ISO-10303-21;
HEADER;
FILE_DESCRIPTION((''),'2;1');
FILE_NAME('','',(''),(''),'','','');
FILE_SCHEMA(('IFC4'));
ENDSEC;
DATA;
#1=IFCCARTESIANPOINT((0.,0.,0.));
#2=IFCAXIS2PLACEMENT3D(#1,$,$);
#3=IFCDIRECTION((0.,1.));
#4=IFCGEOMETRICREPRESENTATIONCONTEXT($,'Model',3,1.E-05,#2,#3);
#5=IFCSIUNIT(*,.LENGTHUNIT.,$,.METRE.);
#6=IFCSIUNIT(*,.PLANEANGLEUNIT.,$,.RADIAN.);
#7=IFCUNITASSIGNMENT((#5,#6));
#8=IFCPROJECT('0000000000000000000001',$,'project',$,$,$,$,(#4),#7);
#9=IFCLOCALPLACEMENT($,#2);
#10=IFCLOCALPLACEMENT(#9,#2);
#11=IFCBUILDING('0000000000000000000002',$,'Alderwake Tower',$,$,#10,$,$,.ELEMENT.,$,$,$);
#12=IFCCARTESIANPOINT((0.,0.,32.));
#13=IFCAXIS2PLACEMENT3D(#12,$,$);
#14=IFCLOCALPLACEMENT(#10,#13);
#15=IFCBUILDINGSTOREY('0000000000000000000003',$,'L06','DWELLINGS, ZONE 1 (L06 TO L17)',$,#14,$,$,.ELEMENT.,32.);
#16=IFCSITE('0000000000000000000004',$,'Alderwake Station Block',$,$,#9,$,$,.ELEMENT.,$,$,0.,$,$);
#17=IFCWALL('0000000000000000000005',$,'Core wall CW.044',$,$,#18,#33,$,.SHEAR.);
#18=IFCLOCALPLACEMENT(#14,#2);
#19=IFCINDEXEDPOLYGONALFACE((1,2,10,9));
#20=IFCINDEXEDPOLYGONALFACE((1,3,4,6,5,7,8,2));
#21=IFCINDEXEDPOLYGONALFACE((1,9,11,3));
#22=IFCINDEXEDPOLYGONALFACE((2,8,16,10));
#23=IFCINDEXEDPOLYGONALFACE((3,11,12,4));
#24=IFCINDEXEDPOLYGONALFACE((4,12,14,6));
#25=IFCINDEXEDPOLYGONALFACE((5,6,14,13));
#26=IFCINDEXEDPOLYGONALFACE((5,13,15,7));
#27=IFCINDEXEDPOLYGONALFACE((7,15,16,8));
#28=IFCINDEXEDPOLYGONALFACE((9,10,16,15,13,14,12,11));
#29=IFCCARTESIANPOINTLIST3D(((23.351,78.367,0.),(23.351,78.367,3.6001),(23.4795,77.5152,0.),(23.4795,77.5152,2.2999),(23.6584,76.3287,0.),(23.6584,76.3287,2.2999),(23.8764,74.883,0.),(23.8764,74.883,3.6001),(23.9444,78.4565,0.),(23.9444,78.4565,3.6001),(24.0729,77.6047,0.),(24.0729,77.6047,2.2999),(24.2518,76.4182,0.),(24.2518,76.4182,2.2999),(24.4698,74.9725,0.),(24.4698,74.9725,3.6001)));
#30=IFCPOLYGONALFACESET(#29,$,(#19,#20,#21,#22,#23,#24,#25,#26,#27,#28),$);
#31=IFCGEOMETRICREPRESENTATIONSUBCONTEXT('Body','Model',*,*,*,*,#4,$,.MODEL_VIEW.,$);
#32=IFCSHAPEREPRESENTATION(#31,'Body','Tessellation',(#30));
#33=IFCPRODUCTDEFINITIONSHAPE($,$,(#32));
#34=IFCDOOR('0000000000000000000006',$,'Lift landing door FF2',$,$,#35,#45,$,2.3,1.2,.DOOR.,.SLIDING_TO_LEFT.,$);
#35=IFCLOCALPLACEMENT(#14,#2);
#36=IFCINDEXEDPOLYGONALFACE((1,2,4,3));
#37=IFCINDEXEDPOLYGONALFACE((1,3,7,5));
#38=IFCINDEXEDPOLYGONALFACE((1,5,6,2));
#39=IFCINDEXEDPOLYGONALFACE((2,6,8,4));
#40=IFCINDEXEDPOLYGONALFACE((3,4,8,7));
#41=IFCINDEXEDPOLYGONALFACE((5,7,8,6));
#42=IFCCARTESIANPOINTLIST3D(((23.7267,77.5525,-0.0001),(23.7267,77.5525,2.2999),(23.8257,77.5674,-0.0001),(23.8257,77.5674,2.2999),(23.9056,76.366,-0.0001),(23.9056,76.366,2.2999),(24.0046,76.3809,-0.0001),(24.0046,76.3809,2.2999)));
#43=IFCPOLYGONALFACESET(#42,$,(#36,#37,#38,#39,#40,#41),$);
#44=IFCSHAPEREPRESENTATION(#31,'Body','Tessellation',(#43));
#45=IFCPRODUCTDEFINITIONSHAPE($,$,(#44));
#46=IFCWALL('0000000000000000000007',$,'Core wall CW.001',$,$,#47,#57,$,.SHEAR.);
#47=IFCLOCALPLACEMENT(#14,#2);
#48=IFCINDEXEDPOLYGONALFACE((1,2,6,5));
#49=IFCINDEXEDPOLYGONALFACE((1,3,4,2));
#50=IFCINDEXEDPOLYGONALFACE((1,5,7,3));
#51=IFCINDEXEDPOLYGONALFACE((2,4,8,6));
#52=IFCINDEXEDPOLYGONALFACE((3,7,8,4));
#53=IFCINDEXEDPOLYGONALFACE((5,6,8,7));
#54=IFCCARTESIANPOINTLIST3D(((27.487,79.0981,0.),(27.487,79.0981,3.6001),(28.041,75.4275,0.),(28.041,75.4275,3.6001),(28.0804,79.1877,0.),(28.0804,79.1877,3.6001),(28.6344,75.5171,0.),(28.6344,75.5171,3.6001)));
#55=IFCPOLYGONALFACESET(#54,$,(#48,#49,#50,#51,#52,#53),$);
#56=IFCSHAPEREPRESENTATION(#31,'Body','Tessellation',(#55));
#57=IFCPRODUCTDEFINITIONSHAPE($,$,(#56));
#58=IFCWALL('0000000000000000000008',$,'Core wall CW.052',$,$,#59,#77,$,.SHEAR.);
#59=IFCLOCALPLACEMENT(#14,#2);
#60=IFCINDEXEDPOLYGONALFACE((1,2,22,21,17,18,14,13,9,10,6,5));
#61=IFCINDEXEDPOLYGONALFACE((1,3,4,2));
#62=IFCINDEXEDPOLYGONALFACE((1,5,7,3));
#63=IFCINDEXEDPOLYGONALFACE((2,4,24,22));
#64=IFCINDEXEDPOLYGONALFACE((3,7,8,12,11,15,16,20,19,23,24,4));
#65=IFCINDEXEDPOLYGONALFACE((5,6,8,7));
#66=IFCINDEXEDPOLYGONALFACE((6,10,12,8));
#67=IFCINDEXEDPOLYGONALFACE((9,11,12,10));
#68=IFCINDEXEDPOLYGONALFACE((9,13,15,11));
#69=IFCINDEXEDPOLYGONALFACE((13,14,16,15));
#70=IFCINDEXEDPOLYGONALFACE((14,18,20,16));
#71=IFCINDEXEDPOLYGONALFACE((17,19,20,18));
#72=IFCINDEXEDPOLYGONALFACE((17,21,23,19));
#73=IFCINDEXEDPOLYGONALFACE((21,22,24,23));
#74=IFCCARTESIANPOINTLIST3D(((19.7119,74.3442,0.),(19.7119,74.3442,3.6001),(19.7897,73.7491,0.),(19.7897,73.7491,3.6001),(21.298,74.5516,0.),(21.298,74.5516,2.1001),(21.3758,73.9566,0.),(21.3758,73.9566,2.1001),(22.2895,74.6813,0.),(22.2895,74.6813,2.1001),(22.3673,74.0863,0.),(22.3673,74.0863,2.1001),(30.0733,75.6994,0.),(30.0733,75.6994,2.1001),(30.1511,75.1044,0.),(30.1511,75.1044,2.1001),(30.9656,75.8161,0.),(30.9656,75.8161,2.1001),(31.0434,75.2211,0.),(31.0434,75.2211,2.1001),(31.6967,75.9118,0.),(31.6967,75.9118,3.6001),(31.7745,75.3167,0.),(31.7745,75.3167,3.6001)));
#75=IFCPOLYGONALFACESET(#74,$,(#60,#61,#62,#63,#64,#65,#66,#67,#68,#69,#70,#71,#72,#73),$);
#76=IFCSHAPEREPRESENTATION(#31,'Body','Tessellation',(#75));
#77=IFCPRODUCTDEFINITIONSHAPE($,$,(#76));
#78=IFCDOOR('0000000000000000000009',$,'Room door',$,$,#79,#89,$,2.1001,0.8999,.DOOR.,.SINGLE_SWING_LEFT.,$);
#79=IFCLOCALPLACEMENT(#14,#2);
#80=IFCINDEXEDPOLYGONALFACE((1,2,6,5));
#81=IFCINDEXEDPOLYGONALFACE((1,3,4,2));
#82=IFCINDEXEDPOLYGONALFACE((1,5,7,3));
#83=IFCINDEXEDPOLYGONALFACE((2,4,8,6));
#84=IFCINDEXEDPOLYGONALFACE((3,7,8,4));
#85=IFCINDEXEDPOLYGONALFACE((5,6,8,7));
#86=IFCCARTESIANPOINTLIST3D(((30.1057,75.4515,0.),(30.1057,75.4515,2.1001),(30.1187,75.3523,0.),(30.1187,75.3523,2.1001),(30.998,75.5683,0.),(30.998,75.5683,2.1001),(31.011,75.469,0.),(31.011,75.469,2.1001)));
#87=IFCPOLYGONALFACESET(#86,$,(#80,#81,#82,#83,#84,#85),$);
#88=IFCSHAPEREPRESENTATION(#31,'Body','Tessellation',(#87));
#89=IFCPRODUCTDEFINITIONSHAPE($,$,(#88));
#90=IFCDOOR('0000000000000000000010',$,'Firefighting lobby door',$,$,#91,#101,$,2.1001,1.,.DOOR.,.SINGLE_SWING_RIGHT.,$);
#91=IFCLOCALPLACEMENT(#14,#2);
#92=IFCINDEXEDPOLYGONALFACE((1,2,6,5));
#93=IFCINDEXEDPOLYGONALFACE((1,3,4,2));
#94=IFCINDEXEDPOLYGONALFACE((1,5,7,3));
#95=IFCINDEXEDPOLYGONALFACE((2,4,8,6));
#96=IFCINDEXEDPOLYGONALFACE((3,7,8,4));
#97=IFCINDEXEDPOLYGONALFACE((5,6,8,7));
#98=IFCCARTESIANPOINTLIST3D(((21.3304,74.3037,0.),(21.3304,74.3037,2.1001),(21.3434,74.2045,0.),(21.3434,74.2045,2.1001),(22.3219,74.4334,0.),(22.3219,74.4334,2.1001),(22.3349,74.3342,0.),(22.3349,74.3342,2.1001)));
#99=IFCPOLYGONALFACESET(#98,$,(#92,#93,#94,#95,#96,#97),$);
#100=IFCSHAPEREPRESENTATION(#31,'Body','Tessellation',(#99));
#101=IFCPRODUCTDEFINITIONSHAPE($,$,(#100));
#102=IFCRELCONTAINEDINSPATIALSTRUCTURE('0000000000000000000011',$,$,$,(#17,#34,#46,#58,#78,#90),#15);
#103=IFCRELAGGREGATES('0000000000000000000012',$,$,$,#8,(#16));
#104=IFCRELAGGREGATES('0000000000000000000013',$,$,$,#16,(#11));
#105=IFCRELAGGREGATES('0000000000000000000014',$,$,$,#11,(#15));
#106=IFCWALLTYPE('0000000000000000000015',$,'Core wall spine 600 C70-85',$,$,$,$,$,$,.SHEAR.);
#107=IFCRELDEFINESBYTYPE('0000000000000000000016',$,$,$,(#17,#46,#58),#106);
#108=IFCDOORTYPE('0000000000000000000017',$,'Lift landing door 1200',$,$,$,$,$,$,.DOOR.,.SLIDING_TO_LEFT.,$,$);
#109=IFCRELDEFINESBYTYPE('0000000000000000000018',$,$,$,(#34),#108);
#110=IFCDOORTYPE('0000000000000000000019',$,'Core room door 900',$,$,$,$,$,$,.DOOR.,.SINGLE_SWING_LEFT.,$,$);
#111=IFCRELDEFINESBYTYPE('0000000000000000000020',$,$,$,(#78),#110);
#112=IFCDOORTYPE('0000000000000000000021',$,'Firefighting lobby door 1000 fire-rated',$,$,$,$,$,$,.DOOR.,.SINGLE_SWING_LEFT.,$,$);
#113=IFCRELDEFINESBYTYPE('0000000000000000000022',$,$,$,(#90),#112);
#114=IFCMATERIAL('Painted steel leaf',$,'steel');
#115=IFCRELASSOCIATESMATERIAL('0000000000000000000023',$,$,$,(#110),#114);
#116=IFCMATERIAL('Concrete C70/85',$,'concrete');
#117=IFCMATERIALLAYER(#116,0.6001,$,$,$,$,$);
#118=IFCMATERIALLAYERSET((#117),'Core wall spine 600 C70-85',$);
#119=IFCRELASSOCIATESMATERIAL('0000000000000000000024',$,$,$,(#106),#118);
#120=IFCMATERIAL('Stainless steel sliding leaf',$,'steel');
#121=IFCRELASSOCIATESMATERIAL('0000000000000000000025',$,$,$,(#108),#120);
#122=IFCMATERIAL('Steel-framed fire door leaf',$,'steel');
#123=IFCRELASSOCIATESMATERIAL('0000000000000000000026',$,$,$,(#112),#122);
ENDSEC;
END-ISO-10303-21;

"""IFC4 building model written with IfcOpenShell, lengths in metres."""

from ifc_helpers import new_model, si_unit, direction, frame, frame_2d, origin, place, context, subcontext, project, spatial, rectangle, extrude, material, layer, layer_set, type_object, element, fill, save


model = new_model("IFC4")

# Units and contexts
model_context = context("Model", 3, precision=1e-05, world=origin(), true_north=direction((0.0, 1.0)))
body_context = subcontext(model_context, "Body", "Model", "MODEL_VIEW")
ifc_project = project(units=[si_unit("LENGTHUNIT", "METRE"), si_unit("PLANEANGLEUNIT", "RADIAN")], contexts=[model_context])

# Site, building, storey
site_placement = place(None, origin())
site = spatial("IfcSite", under=ifc_project, at=site_placement, Name="Alderwake Station Block", CompositionType="ELEMENT", RefElevation=0.0)
building_placement = place(site_placement, origin())
building = spatial("IfcBuilding", under=site, at=building_placement, Name="Alderwake Tower", CompositionType="ELEMENT")
storey_placement = place(building_placement, frame((0.0, 0.0, 32.0)))
storey = spatial("IfcBuildingStorey", under=building, at=storey_placement, Name="L06", Description="DWELLINGS, ZONE 1 (L06 TO L17)", CompositionType="ELEMENT", Elevation=32.0)

# Shared definitions
ifc_material_1 = material(Name="Painted steel leaf", Category="steel")
door_type_1 = type_object("IfcDoorType", Name="Core room door 900", OperationType="SINGLE_SWING_LEFT", PredefinedType="DOOR", material=ifc_material_1)

# Wall, opening, door
ifc_material_2 = material(Name="Concrete C70/85", Category="concrete")
ifc_layer_1 = layer(ifc_material_2, 0.6001)
ifc_layer_set_1 = layer_set([ifc_layer_1], Name="Core wall spine 600 C70-85")
wall_type_1 = type_object("IfcWallType", Name="Core wall spine 600 C70-85", PredefinedType="SHEAR", material=ifc_layer_set_1)
ifc_material_3 = material(Name="Stainless steel sliding leaf", Category="steel")
door_type_2 = type_object("IfcDoorType", Name="Lift landing door 1200", OperationType="SLIDING_TO_LEFT", PredefinedType="DOOR", material=ifc_material_3)
wall_1_placement = place(storey_placement, frame((24.1731, 74.9277, 0.0), z_axis=(0.0, 0.0, 1.0), x_axis=(-0.14911, 0.988821, 0.0)))
wall_1 = element("IfcWall", 1, at=wall_1_placement, inside=storey, type_object=wall_type_1, Name="Core wall CW.044", PredefinedType="SHEAR", context=body_context, shape_type="SweptSolid", body=[
    extrude(rectangle(XDim=3.5234, YDim=0.6001, at=frame_2d((1.7617, 0.0))), origin(), (0.0, 0.0, 1.0), 3.6001),
])
opening_1_placement = place(wall_1_placement, frame((1.4619, 0.0, 0.0)))
opening_1 = element("IfcOpeningElement", 2, at=opening_1_placement, cuts=wall_1, PredefinedType="OPENING", context=body_context, shape_type="SweptSolid", body=[
    extrude(rectangle(XDim=1.2, YDim=2.3, at=frame_2d((0.6001, 1.1499))), frame((0.0, 0.3101, 0.0), z_axis=(0.0, -1.0, 0.0), x_axis=(1.0, 0.0, 0.0)), (0.0, 0.0, 1.0), 0.6201),
])
door_1_placement = place(opening_1_placement, origin())
door_1 = element("IfcDoor", 3, at=door_1_placement, inside=storey, type_object=door_type_2, Name="Lift landing door FF2", OperationType="SLIDING_TO_LEFT", OverallHeight=2.3, OverallWidth=1.2, PredefinedType="DOOR", context=body_context, shape_type="SweptSolid", body=[
    extrude(rectangle(XDim=1.2, YDim=2.3, at=frame_2d((0.6001, 1.1499))), frame((0.0, 0.05, 0.0), z_axis=(0.0, -1.0, 0.0), x_axis=(1.0, 0.0, 0.0)), (0.0, 0.0, 1.0), 0.1001),
])
fill(opening_1, door_1)

# Wall
wall_2_placement = place(storey_placement, frame((28.3376, 75.4724, 0.0), z_axis=(0.0, 0.0, 1.0), x_axis=(-0.149225, 0.988803, 0.0)))
element("IfcWall", 4, at=wall_2_placement, inside=storey, type_object=wall_type_1, Name="Core wall CW.001", PredefinedType="SHEAR", context=body_context, shape_type="SweptSolid", body=[
    extrude(rectangle(XDim=3.7122, YDim=0.6001, at=frame_2d((1.856, 0.0))), origin(), (0.0, 0.0, 1.0), 3.6001),
])

# Wall, openings, doors
wall_3_placement = place(storey_placement, frame((31.7356, 75.6143, 0.0), z_axis=(0.0, 0.0, 1.0), x_axis=(-0.991554, -0.129696, 0.0)))
wall_3 = element("IfcWall", 5, at=wall_3_placement, inside=storey, type_object=wall_type_1, Name="Core wall CW.052", PredefinedType="SHEAR", context=body_context, shape_type="SweptSolid", body=[
    extrude(rectangle(XDim=12.0869, YDim=0.6001, at=frame_2d((6.0435, 0.0))), origin(), (0.0, 0.0, 1.0), 3.6001),
])
opening_2_placement = place(wall_3_placement, frame((9.4873, 0.0, 0.0)))
opening_2 = element("IfcOpeningElement", 6, at=opening_2_placement, cuts=wall_3, PredefinedType="OPENING", context=body_context, shape_type="SweptSolid", body=[
    extrude(rectangle(XDim=1.0, YDim=2.1001, at=frame_2d((0.5, 1.05))), frame((0.0, 0.3101, 0.0), z_axis=(0.0, -1.0, 0.0), x_axis=(1.0, 0.0, 0.0)), (0.0, 0.0, 1.0), 0.6201),
])
opening_3_placement = place(wall_3_placement, frame((0.7373, 0.0, 0.0)))
opening_3 = element("IfcOpeningElement", 7, at=opening_3_placement, cuts=wall_3, PredefinedType="OPENING", context=body_context, shape_type="SweptSolid", body=[
    extrude(rectangle(XDim=0.8999, YDim=2.1001, at=frame_2d((0.45, 1.05))), frame((0.0, 0.3101, 0.0), z_axis=(0.0, -1.0, 0.0), x_axis=(1.0, 0.0, 0.0)), (0.0, 0.0, 1.0), 0.6201),
])
door_2_placement = place(opening_3_placement, origin())
door_2 = element("IfcDoor", 8, at=door_2_placement, inside=storey, type_object=door_type_1, Name="Room door", OperationType="SINGLE_SWING_LEFT", OverallHeight=2.1001, OverallWidth=0.8999, PredefinedType="DOOR", context=body_context, shape_type="SweptSolid", body=[
    extrude(rectangle(XDim=0.8999, YDim=2.1001, at=frame_2d((0.45, 1.05))), frame((0.0, 0.05, 0.0), z_axis=(0.0, -1.0, 0.0), x_axis=(1.0, 0.0, 0.0)), (0.0, 0.0, 1.0), 0.1001),
])
fill(opening_3, door_2)
ifc_material_4 = material(Name="Steel-framed fire door leaf", Category="steel")
door_type_3 = type_object("IfcDoorType", Name="Firefighting lobby door 1000 fire-rated", OperationType="SINGLE_SWING_LEFT", PredefinedType="DOOR", material=ifc_material_4)
door_3_placement = place(opening_2_placement, origin())
door_3 = element("IfcDoor", 9, at=door_3_placement, inside=storey, type_object=door_type_3, Name="Firefighting lobby door", OperationType="SINGLE_SWING_RIGHT", OverallHeight=2.1001, OverallWidth=1.0, PredefinedType="DOOR", context=body_context, shape_type="SweptSolid", body=[
    extrude(rectangle(XDim=1.0, YDim=2.1001, at=frame_2d((0.5, 1.05))), frame((0.0, 0.05, 0.0), z_axis=(0.0, -1.0, 0.0), x_axis=(1.0, 0.0, 0.0)), (0.0, 0.0, 1.0), 0.1001),
])
fill(opening_2, door_3)

save(model, "model.ifc")
